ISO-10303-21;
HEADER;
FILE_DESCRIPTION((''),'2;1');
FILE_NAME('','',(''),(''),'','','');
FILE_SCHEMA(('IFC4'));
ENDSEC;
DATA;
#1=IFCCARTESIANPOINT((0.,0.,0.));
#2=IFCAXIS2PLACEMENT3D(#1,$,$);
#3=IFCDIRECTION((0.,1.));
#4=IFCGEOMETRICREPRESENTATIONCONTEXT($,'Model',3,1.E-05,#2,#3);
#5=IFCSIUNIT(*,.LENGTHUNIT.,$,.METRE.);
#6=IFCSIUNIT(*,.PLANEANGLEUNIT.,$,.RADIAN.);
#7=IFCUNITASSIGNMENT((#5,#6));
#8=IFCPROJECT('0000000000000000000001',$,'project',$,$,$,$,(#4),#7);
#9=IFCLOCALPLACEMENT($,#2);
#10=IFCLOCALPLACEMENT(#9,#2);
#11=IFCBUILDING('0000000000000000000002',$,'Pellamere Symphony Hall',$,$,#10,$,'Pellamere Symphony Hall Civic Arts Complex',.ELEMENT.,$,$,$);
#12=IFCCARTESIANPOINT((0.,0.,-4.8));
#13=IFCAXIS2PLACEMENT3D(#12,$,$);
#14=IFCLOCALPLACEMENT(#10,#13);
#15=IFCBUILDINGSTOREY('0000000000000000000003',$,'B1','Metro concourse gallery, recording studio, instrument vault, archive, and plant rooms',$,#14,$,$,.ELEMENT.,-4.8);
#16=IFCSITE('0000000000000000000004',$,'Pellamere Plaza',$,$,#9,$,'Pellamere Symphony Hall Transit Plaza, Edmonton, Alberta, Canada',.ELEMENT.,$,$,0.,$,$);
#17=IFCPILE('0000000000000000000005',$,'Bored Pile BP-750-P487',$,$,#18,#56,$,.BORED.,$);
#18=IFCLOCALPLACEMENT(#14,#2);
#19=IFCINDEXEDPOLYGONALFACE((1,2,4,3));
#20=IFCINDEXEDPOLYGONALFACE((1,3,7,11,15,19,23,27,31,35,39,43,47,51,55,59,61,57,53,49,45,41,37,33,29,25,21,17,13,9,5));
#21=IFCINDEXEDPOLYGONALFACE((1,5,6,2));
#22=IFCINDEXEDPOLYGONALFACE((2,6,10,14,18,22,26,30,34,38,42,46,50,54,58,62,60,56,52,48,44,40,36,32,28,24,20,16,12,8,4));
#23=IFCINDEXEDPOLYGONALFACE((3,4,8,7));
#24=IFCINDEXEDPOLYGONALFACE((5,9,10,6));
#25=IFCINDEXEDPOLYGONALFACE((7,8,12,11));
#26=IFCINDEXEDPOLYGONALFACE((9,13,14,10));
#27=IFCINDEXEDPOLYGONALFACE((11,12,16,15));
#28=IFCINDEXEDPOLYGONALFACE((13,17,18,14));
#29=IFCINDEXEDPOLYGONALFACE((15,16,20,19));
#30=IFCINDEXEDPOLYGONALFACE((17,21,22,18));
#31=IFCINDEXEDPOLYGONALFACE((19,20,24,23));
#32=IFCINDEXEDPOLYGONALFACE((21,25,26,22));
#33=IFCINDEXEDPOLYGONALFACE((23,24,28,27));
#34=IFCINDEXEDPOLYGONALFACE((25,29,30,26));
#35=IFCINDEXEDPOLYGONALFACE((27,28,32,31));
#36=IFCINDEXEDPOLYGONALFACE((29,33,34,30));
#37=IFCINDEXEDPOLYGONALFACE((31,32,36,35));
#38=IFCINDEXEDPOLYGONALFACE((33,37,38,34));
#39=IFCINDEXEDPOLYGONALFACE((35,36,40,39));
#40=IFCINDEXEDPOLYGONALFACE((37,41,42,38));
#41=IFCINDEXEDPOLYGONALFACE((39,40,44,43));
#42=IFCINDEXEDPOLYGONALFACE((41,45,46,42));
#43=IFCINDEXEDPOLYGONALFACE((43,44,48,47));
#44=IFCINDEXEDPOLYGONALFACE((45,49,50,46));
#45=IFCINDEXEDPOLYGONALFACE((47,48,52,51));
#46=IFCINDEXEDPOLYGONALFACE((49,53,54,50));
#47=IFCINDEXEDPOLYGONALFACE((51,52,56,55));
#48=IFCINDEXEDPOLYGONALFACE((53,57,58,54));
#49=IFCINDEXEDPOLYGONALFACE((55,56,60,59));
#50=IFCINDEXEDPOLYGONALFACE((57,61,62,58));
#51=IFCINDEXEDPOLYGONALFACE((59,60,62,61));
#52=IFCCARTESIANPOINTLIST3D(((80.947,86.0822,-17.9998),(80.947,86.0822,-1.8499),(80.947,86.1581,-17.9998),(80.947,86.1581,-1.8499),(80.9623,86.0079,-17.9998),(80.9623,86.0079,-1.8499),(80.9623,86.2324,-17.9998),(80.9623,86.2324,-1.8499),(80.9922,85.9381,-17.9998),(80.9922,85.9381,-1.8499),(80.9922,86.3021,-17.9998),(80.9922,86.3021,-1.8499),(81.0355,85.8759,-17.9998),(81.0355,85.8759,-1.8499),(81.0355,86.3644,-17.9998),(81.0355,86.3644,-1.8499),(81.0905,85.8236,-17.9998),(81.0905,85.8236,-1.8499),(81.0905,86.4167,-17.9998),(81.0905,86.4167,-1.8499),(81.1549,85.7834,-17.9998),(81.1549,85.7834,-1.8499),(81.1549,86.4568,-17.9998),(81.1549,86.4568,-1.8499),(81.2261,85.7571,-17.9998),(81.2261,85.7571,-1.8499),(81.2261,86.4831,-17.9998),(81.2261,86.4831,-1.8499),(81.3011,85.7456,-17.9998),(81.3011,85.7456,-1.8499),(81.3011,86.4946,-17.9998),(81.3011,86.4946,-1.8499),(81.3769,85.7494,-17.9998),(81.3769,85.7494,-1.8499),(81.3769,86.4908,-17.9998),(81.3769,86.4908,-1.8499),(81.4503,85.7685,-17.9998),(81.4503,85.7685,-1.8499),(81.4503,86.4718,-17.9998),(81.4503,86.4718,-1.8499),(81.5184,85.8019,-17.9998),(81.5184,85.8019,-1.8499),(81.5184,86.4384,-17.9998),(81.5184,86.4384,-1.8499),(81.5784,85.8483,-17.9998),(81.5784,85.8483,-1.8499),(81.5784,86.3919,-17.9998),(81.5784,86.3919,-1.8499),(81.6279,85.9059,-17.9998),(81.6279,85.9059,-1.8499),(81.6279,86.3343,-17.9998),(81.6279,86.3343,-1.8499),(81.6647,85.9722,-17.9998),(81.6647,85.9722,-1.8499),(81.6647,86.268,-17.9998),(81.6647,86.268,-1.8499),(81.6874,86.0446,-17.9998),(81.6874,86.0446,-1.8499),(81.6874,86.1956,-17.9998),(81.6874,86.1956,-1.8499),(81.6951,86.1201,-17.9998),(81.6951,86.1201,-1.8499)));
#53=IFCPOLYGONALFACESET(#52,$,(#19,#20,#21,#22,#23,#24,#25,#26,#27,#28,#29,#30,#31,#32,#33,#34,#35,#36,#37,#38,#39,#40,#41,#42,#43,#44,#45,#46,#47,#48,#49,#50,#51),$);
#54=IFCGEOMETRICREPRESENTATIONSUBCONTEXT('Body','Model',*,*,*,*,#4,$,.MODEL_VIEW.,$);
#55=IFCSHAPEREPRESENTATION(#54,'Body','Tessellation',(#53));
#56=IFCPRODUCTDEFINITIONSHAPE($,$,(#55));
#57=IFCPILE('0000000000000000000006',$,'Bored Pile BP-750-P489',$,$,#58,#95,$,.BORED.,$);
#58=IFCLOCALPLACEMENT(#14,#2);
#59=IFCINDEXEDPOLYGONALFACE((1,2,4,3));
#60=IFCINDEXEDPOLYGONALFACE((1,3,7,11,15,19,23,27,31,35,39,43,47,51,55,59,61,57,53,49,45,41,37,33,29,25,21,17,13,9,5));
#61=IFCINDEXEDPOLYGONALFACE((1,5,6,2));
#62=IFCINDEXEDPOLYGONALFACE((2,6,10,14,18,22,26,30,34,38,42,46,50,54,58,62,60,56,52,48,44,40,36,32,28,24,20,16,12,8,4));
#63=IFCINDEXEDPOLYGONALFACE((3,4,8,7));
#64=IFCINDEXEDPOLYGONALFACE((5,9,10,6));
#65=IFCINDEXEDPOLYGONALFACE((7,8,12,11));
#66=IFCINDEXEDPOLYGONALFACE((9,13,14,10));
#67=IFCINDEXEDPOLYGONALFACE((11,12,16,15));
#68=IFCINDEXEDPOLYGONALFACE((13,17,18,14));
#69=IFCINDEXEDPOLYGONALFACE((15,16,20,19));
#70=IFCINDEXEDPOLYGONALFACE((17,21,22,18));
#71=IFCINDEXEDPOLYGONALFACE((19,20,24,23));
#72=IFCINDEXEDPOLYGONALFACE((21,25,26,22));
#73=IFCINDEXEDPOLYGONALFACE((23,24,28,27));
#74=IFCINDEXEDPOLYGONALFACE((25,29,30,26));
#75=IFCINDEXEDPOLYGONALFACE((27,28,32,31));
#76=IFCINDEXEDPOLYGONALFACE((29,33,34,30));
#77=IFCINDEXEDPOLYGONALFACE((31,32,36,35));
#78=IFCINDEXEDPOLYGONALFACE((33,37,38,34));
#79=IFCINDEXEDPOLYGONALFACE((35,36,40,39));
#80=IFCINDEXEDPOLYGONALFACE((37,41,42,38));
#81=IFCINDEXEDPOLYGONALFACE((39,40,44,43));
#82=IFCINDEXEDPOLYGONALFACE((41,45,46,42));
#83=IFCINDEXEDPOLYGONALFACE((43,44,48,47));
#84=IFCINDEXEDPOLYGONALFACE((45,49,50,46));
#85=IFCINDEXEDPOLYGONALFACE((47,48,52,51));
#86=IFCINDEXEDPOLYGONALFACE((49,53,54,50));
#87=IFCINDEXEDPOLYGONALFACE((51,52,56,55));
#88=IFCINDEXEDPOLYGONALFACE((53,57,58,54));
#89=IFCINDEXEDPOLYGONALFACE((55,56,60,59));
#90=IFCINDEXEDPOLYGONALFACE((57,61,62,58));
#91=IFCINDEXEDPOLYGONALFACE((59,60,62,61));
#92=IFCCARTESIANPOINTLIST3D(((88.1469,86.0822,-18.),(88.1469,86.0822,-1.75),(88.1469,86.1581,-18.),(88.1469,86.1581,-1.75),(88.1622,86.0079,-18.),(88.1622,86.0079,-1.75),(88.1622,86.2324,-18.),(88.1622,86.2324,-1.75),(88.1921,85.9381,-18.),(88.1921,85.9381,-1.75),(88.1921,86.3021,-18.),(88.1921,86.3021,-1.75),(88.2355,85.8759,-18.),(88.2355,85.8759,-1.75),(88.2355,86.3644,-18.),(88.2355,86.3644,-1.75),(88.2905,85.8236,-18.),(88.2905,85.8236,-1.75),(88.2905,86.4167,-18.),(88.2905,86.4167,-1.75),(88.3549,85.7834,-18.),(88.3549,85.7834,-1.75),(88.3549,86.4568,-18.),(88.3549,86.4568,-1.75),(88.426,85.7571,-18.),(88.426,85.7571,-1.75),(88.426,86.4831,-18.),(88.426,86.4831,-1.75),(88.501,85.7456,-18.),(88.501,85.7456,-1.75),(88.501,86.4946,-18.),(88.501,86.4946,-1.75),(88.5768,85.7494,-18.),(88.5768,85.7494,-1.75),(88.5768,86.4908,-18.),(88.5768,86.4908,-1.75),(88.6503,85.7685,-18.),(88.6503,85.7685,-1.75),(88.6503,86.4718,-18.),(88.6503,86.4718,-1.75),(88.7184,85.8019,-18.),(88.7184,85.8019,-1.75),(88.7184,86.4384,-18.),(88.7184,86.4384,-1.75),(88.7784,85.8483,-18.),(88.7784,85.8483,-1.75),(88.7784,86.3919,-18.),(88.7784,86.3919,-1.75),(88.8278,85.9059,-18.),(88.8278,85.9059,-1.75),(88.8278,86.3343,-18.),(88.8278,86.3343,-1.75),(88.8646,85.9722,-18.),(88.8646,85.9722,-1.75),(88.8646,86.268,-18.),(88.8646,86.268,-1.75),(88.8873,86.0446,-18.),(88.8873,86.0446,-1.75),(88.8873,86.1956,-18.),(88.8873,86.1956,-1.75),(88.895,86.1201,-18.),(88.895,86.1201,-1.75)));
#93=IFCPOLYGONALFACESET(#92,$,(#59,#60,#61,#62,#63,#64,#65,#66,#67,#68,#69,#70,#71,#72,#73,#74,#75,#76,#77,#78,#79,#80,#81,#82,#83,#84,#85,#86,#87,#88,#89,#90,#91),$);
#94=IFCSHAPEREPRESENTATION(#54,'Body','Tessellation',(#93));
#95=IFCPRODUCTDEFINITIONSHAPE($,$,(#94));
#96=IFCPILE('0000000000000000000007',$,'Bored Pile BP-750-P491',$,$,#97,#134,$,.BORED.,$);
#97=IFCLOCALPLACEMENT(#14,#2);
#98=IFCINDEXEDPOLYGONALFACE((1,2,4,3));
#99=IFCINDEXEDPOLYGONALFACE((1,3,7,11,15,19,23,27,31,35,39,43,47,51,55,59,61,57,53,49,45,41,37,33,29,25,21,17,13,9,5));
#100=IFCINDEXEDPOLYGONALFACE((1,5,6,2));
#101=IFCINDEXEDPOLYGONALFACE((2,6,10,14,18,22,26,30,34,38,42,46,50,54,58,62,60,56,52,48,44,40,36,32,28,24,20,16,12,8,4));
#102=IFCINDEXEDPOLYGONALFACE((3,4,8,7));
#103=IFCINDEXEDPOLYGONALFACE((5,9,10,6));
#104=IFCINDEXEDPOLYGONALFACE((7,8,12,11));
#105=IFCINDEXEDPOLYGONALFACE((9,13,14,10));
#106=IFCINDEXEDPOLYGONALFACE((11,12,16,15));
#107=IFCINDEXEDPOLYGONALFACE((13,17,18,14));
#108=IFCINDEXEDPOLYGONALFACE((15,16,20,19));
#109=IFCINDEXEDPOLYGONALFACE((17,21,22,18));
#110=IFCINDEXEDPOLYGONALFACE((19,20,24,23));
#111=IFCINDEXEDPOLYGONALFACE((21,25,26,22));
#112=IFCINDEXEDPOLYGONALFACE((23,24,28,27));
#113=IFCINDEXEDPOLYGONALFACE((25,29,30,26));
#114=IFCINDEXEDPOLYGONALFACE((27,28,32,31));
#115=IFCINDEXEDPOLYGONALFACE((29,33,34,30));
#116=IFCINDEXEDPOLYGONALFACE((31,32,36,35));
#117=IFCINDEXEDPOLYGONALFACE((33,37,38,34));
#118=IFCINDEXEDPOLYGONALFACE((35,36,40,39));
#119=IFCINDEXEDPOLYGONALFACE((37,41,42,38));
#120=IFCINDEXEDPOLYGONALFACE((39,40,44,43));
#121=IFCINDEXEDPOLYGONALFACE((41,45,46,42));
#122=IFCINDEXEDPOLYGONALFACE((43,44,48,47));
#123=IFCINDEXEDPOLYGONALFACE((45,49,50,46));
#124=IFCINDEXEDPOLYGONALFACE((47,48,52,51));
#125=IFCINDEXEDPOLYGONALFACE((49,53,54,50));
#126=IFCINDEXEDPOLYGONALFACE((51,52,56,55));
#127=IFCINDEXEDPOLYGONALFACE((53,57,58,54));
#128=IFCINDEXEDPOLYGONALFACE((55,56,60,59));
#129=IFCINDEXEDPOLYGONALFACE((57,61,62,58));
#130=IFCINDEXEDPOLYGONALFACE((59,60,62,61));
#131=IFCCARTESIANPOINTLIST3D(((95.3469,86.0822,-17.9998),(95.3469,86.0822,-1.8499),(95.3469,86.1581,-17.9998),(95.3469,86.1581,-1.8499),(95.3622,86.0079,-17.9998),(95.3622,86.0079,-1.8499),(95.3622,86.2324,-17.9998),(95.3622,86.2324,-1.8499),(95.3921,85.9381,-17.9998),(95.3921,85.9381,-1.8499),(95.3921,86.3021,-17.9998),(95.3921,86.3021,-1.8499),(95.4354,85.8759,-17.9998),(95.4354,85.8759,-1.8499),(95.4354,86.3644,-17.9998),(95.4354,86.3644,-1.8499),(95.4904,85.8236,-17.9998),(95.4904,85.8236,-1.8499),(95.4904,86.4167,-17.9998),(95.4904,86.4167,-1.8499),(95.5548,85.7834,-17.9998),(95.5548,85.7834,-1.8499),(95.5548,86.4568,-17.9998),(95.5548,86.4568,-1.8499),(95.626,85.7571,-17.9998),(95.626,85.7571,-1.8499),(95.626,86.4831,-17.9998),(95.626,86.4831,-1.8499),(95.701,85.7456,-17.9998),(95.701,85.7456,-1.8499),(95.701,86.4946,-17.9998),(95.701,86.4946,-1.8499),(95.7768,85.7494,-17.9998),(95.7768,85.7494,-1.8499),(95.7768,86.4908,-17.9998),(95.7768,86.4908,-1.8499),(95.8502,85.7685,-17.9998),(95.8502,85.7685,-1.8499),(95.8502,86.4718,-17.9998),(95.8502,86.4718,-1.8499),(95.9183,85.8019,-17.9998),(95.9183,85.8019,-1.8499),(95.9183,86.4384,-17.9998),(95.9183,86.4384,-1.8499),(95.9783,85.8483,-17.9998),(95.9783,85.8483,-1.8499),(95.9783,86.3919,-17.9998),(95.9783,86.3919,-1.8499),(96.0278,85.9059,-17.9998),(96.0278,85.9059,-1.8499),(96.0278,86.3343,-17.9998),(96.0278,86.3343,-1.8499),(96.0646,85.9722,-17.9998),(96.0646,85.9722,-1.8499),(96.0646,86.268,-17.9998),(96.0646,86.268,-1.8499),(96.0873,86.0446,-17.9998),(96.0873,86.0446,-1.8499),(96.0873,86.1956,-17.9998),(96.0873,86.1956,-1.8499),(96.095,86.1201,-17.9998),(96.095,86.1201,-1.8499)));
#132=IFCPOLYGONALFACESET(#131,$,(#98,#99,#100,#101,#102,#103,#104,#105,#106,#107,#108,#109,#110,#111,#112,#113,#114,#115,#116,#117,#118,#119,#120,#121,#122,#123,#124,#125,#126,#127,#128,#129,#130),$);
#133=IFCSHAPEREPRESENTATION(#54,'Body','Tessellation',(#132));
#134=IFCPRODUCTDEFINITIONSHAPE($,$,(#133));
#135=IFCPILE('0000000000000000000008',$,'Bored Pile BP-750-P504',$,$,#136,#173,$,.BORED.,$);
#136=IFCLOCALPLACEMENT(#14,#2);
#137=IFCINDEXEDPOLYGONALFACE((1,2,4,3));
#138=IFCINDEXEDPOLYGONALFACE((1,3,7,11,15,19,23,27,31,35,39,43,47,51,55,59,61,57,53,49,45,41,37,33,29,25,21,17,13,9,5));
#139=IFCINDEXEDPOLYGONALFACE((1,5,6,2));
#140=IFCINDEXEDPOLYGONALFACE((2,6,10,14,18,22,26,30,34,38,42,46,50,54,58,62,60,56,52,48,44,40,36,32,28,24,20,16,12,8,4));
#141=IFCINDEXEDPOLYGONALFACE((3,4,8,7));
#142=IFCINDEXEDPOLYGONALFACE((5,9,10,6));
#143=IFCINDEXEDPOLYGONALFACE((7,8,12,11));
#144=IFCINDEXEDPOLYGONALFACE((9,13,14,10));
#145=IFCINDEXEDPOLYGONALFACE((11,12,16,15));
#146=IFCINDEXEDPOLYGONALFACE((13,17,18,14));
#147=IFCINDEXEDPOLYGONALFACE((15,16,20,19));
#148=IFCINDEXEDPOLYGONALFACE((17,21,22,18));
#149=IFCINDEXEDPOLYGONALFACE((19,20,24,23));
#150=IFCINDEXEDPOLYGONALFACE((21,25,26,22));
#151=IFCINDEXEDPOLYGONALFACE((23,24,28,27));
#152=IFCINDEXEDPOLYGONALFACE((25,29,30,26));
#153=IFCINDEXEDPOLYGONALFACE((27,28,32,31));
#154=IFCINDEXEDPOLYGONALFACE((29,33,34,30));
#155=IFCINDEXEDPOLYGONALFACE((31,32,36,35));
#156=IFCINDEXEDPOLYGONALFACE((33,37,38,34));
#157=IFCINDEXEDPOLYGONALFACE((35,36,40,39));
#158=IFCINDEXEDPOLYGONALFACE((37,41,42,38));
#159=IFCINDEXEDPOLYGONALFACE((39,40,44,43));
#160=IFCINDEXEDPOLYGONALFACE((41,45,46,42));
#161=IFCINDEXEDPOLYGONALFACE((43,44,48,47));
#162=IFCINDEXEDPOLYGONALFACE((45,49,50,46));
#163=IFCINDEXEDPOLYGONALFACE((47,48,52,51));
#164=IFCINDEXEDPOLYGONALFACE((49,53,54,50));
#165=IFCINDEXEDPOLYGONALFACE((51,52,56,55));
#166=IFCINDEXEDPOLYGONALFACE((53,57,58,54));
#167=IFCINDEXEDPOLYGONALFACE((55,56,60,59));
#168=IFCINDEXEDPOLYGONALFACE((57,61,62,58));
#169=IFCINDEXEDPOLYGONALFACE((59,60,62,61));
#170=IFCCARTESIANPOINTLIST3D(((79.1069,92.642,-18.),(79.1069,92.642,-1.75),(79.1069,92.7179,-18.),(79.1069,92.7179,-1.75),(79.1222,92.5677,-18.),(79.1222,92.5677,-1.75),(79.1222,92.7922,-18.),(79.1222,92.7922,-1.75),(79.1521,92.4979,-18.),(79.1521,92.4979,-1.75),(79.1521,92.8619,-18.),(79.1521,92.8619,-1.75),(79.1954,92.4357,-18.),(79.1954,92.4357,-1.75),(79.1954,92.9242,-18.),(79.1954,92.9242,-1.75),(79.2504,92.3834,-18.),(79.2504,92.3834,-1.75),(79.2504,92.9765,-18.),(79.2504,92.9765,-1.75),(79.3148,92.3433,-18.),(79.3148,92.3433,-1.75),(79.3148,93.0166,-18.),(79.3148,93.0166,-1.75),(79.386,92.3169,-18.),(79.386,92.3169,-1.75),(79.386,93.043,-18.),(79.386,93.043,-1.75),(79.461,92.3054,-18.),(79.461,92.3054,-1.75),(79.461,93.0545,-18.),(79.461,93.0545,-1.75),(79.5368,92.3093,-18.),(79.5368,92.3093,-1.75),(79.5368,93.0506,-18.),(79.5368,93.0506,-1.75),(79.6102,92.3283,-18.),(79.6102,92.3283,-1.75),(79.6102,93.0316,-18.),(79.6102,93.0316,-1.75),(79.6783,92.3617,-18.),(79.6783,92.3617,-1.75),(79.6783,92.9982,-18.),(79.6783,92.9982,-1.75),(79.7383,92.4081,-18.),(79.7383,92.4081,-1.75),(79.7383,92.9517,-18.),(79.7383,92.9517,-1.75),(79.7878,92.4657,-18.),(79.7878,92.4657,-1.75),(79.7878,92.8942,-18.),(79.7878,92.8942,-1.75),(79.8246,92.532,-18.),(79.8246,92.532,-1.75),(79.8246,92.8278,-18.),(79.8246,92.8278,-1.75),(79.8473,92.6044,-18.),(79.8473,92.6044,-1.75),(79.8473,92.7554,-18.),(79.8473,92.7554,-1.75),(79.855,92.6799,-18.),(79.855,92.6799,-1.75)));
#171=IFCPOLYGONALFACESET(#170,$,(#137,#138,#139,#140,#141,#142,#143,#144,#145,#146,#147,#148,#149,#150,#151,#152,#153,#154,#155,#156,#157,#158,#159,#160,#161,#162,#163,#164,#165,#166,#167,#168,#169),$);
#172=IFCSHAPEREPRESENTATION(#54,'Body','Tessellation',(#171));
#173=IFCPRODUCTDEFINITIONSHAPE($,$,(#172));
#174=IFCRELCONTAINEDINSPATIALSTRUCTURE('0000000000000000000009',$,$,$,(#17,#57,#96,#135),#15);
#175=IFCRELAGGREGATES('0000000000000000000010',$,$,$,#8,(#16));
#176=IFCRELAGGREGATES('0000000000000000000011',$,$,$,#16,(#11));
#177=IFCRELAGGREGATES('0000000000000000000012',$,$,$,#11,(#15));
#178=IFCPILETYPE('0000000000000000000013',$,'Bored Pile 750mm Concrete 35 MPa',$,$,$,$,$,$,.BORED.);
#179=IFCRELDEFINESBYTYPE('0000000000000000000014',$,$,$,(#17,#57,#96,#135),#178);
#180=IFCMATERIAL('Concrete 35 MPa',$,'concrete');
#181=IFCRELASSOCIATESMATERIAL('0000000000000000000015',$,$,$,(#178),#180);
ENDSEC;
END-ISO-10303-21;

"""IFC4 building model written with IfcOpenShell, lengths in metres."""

from ifc_helpers import new_model, si_unit, direction, frame, origin, origin_2d, place, context, subcontext, project, spatial, circle, extrude, material, material_profile, profile_set, type_object, element, save


model = new_model("IFC4")

# Units and contexts
model_context = context("Model", 3, precision=1e-05, world=origin(), true_north=direction((0.0, 1.0)))
body_context = subcontext(model_context, "Body", "Model", "MODEL_VIEW")
ifc_project = project(units=[si_unit("LENGTHUNIT", "METRE"), si_unit("PLANEANGLEUNIT", "RADIAN")], contexts=[model_context])

# Site, building, storey
site_placement = place(None, origin())
site = spatial("IfcSite", under=ifc_project, at=site_placement, Name="Pellamere Plaza", LongName="Pellamere Symphony Hall Transit Plaza, Edmonton, Alberta, Canada", CompositionType="ELEMENT", RefElevation=0.0)
building_placement = place(site_placement, origin())
building = spatial("IfcBuilding", under=site, at=building_placement, Name="Pellamere Symphony Hall", LongName="Pellamere Symphony Hall Civic Arts Complex", CompositionType="ELEMENT")
storey_placement = place(building_placement, frame((0.0, 0.0, -4.8)))
storey = spatial("IfcBuildingStorey", under=building, at=storey_placement, Name="B1", Description="Metro concourse gallery, recording studio, instrument vault, archive, and plant rooms", CompositionType="ELEMENT", Elevation=-4.8)

# Piles
ifc_material_1 = material(Name="Concrete 35 MPa", Category="concrete")
ifc_material_profile_1 = material_profile(ifc_material_1, circle(Radius=0.375, at=origin_2d()), Name="PILE D750")
ifc_profile_set_1 = profile_set([ifc_material_profile_1], Name="Concrete 35 MPa")
pile_type = type_object("IfcPileType", Name="Bored Pile 750mm Concrete 35 MPa", PredefinedType="BORED", material=ifc_profile_set_1)
pile_1_placement = place(storey_placement, frame((81.3201, 86.1201, -1.8499), z_axis=(0.0, 0.0, -1.0), x_axis=(1.0, 0.0, 0.0)))
element("IfcPile", 1, at=pile_1_placement, inside=storey, type_object=pile_type, Name="Bored Pile BP-750-P487", PredefinedType="BORED", context=body_context, shape_type="SweptSolid", body=[
    extrude(circle(Radius=0.375, at=origin_2d()), origin(), (0.0, 0.0, 1.0), 16.1499),
])
pile_2_placement = place(storey_placement, frame((88.52, 86.1201, -1.75), z_axis=(0.0, 0.0, -1.0), x_axis=(1.0, 0.0, 0.0)))
element("IfcPile", 2, at=pile_2_placement, inside=storey, type_object=pile_type, Name="Bored Pile BP-750-P489", PredefinedType="BORED", context=body_context, shape_type="SweptSolid", body=[
    extrude(circle(Radius=0.375, at=origin_2d()), origin(), (0.0, 0.0, 1.0), 16.25),
])
pile_3_placement = place(storey_placement, frame((95.72, 86.1201, -1.8499), z_axis=(0.0, 0.0, -1.0), x_axis=(1.0, 0.0, 0.0)))
element("IfcPile", 3, at=pile_3_placement, inside=storey, type_object=pile_type, Name="Bored Pile BP-750-P491", PredefinedType="BORED", context=body_context, shape_type="SweptSolid", body=[
    extrude(circle(Radius=0.375, at=origin_2d()), origin(), (0.0, 0.0, 1.0), 16.1499),
])
for number, where, z_axis, x_axis, name in (
    (4, (79.48, 92.6799, -1.75), (0.0, 0.0, -1.0), (1.0, 0.0, 0.0), "Bored Pile BP-750-P504"),
):
    element("IfcPile", number, at=place(storey_placement, frame(where, z_axis=z_axis, x_axis=x_axis)), inside=storey, type_object=pile_type, Name=name, PredefinedType="BORED", context=body_context, shape_type="SweptSolid", body=[
        extrude(circle(Radius=0.375, at=origin_2d()), origin(), (0.0, 0.0, 1.0), 16.25),
    ])

save(model, "model.ifc")
